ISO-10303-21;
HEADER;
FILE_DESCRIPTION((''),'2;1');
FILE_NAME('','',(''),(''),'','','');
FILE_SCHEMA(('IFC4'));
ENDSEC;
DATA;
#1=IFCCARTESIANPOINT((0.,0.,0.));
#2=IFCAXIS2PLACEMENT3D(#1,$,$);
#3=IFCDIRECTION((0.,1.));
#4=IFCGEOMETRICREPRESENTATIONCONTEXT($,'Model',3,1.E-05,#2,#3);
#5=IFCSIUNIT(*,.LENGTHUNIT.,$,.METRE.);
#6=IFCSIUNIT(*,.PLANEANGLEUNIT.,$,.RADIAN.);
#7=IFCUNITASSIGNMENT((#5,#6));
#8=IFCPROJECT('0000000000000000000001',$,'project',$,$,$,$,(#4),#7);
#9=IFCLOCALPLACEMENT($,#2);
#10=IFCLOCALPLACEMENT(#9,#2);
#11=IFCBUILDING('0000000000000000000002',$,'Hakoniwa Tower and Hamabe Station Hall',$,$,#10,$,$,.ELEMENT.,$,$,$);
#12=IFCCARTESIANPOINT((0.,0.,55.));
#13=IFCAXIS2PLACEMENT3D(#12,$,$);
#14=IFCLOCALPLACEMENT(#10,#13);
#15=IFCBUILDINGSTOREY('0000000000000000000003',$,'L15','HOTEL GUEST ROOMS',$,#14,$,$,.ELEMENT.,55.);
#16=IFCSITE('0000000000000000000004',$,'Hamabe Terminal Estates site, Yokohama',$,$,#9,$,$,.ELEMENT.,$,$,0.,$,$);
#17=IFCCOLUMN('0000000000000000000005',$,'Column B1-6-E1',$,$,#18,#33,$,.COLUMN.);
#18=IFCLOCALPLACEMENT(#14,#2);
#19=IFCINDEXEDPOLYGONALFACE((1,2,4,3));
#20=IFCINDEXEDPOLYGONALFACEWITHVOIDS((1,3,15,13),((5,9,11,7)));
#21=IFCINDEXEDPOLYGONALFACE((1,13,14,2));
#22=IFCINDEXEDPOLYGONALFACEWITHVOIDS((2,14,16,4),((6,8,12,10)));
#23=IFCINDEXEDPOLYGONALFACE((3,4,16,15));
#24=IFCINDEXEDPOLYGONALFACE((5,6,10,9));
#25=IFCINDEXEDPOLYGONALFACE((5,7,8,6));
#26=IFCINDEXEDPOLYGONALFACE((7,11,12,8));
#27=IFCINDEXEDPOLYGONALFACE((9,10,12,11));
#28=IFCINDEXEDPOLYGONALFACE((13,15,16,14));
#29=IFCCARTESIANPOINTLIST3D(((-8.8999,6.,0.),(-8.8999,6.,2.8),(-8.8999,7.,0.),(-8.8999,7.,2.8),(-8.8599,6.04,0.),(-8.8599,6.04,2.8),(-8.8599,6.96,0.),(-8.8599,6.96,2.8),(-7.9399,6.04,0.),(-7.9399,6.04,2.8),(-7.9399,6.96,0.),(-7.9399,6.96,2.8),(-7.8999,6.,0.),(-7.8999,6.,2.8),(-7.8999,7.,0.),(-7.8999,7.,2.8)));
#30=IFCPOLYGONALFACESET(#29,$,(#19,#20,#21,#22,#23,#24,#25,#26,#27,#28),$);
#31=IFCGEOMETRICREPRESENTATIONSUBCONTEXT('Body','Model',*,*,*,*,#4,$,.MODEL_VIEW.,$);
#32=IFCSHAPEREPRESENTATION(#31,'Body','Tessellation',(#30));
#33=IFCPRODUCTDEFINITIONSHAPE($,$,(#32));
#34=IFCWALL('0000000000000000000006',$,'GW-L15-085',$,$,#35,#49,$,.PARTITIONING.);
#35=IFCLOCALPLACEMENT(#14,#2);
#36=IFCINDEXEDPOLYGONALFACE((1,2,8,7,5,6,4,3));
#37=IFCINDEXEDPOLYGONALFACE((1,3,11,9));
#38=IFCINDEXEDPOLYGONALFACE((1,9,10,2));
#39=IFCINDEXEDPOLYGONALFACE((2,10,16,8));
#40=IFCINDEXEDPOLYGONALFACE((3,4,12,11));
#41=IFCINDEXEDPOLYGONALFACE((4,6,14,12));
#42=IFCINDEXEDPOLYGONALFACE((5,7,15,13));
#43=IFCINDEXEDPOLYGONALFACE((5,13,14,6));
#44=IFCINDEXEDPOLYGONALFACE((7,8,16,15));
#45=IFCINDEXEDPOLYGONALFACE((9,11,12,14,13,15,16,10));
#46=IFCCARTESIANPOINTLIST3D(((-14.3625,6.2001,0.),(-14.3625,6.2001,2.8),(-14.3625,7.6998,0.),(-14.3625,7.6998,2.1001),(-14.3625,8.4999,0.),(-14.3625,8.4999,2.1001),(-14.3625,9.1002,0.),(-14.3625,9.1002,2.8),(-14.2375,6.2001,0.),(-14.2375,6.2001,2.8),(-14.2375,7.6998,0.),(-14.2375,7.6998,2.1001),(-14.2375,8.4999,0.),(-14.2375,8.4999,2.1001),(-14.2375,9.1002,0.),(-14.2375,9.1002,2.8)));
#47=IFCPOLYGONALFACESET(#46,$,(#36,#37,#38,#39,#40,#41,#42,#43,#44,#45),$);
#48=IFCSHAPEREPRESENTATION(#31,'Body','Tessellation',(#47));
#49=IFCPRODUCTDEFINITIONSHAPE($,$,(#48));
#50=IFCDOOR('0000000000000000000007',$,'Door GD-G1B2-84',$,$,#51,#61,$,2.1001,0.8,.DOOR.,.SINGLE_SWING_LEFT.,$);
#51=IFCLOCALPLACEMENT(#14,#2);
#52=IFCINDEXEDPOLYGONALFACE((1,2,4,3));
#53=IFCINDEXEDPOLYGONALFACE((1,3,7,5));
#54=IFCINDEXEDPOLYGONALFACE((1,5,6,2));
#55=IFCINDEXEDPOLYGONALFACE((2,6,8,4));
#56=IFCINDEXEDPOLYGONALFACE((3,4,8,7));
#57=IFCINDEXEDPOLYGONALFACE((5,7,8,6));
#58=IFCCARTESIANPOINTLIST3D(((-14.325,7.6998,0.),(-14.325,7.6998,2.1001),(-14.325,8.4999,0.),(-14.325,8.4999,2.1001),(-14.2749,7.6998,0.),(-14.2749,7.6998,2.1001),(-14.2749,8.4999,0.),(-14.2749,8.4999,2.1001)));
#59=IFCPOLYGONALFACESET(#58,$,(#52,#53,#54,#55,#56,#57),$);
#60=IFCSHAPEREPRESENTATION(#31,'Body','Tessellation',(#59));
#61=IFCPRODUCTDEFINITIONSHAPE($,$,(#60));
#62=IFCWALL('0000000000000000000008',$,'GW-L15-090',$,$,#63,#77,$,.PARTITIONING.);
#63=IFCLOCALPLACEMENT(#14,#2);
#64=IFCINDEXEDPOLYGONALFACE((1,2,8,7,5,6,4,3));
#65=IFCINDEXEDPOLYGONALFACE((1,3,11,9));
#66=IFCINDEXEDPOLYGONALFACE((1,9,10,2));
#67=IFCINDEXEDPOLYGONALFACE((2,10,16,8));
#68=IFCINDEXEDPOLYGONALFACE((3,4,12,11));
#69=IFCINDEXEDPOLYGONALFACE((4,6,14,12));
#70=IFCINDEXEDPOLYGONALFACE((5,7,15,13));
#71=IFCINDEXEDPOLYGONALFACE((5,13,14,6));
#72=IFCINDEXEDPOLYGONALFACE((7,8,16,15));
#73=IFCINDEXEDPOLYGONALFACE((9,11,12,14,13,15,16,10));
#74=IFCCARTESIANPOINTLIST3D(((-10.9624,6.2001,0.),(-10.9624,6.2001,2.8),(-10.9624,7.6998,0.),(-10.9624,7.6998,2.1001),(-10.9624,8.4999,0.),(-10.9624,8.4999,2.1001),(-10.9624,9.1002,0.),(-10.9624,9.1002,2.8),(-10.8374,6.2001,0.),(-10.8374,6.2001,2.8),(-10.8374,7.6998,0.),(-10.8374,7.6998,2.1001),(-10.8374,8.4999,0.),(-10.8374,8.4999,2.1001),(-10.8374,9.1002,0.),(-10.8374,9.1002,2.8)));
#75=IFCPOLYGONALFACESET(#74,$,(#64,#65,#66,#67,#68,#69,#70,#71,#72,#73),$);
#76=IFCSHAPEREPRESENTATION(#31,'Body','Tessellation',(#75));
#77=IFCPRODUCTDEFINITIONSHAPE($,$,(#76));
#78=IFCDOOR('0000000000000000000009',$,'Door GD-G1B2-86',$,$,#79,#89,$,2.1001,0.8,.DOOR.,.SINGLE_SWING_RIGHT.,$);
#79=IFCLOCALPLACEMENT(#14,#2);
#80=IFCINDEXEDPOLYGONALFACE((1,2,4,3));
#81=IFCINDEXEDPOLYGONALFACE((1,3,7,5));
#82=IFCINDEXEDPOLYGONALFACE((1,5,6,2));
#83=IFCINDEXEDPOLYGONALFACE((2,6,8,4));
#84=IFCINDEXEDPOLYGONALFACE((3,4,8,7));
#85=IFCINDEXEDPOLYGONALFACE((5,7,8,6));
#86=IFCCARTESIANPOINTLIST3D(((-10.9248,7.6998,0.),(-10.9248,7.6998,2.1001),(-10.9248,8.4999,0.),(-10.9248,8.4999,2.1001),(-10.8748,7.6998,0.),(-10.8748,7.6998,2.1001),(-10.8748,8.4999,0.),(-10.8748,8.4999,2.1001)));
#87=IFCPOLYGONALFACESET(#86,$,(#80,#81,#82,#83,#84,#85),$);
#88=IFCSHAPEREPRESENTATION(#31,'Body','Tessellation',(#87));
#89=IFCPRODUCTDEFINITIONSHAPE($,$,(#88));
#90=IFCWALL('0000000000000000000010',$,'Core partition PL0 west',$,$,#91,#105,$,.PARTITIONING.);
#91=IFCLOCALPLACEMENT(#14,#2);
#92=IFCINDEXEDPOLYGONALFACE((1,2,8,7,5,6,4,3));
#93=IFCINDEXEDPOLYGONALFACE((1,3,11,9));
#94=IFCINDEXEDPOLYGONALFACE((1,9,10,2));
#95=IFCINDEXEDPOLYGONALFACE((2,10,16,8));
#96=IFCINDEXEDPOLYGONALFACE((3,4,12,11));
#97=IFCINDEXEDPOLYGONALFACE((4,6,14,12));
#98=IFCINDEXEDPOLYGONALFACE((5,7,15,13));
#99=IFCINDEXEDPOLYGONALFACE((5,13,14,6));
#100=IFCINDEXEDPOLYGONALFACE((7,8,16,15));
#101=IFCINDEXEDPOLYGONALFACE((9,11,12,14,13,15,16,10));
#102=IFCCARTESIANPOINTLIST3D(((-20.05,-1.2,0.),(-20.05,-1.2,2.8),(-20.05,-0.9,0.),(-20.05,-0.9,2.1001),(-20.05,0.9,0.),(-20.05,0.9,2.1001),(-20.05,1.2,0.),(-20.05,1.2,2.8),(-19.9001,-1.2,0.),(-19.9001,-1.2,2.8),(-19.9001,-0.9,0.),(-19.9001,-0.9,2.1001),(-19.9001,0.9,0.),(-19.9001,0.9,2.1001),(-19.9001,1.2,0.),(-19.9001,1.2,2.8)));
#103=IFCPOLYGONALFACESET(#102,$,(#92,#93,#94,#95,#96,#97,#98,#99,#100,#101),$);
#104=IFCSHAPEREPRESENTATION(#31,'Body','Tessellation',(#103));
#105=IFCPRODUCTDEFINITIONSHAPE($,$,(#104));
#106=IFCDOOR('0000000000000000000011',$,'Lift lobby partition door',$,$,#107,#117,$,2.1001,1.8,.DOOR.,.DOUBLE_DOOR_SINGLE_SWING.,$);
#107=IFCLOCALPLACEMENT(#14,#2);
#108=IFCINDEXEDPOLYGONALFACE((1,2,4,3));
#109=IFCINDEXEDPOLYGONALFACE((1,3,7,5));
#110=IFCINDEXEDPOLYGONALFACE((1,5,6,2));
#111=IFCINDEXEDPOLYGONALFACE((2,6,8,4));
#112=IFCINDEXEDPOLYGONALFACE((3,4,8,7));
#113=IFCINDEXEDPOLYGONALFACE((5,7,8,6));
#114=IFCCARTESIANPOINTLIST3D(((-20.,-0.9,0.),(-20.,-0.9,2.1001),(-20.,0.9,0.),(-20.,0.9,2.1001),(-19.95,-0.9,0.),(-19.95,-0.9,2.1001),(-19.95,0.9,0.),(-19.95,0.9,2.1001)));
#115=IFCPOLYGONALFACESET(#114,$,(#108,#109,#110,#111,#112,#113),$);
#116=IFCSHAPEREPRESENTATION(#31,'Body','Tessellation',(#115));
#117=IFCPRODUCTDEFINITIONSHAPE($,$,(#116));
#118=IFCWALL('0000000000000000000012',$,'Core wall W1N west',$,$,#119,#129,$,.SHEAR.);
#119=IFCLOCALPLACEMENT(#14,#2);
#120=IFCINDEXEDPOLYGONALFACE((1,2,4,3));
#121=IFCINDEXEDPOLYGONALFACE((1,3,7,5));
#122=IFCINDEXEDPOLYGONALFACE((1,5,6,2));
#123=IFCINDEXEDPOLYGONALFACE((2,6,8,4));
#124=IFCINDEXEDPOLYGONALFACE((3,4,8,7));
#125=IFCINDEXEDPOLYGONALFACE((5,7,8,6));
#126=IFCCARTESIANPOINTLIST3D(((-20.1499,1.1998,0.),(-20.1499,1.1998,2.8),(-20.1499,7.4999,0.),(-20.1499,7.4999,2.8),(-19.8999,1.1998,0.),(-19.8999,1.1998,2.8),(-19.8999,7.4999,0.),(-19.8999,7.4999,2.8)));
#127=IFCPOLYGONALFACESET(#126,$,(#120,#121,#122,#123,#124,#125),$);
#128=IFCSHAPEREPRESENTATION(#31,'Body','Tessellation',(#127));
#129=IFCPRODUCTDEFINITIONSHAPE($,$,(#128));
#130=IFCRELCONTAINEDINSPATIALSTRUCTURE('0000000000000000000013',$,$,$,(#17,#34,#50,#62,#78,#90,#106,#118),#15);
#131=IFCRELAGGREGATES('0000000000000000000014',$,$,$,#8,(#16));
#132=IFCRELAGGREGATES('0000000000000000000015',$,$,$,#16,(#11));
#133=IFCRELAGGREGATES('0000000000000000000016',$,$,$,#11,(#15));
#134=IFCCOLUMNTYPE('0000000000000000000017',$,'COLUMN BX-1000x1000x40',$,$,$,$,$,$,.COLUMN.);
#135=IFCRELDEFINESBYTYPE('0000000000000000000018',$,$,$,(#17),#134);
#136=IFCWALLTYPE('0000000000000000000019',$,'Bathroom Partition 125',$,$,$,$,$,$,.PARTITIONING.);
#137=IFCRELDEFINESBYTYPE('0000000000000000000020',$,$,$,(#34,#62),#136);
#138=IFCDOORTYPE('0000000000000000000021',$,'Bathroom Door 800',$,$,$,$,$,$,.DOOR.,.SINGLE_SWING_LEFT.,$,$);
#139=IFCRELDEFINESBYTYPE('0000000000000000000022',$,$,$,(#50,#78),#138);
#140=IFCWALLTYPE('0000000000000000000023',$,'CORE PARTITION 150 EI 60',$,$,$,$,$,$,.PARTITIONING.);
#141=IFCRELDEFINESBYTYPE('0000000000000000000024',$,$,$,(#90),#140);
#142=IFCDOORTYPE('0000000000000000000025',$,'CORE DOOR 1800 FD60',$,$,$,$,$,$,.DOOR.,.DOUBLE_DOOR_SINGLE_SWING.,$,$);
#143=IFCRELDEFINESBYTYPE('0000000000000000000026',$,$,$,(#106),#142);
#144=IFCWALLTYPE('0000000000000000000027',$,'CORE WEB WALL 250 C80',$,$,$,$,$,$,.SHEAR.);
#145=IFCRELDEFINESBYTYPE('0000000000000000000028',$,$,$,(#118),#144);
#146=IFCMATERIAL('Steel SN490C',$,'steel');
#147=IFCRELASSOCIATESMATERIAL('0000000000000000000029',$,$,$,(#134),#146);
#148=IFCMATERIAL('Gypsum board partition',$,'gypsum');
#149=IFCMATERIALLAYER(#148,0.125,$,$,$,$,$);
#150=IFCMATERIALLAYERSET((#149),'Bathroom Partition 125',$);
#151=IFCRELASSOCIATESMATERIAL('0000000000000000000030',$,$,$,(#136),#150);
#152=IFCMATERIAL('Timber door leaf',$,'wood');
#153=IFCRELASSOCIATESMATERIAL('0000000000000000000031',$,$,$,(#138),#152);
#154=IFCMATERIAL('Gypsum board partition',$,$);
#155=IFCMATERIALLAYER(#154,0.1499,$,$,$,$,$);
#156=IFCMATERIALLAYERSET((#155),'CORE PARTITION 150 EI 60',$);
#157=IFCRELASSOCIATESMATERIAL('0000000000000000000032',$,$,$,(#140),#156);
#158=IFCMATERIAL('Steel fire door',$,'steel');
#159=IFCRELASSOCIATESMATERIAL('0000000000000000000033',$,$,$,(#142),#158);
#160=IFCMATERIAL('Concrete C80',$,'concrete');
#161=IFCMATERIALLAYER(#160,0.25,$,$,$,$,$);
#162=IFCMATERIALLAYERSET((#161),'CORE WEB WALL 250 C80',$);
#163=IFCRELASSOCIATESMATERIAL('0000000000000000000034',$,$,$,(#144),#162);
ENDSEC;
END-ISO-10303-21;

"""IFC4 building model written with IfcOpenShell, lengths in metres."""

from ifc_helpers import new_model, si_unit, direction, frame, frame_2d, origin, origin_2d, place, context, subcontext, project, spatial, rectangle, hollow_rectangle, extrude, material, layer, layer_set, material_profile, profile_set, type_object, element, fill, save


model = new_model("IFC4")

# Units and contexts
model_context = context("Model", 3, precision=1e-05, world=origin(), true_north=direction((0.0, 1.0)))
body_context = subcontext(model_context, "Body", "Model", "MODEL_VIEW")
ifc_project = project(units=[si_unit("LENGTHUNIT", "METRE"), si_unit("PLANEANGLEUNIT", "RADIAN")], contexts=[model_context])

# Site, building, storey
site_placement = place(None, origin())
site = spatial("IfcSite", under=ifc_project, at=site_placement, Name="Hamabe Terminal Estates site, Yokohama", CompositionType="ELEMENT", RefElevation=0.0)
building_placement = place(site_placement, origin())
building = spatial("IfcBuilding", under=site, at=building_placement, Name="Hakoniwa Tower and Hamabe Station Hall", CompositionType="ELEMENT")
storey_placement = place(building_placement, frame((0.0, 0.0, 55.0)))
storey = spatial("IfcBuildingStorey", under=building, at=storey_placement, Name="L15", Description="HOTEL GUEST ROOMS", CompositionType="ELEMENT", Elevation=55.0)

# Column
ifc_material_1 = material(Name="Steel SN490C", Category="steel")
ifc_material_profile = material_profile(ifc_material_1, hollow_rectangle(XDim=1.0, YDim=1.0, WallThickness=0.04, at=origin_2d()), Name="BX-1000x1000x40")
ifc_profile_set = profile_set([ifc_material_profile], Name="Steel SN490C")
column_type = type_object("IfcColumnType", Name="COLUMN BX-1000x1000x40", PredefinedType="COLUMN", material=ifc_profile_set)
column_placement = place(storey_placement, frame((-8.3999, 6.5, 0.0), z_axis=(0.0, 0.0, 1.0), x_axis=(1.0, 0.0, 0.0)))
element("IfcColumn", 1, at=column_placement, inside=storey, type_object=column_type, Name="Column B1-6-E1", PredefinedType="COLUMN", context=body_context, shape_type="SweptSolid", body=[
    extrude(hollow_rectangle(XDim=1.0, YDim=1.0, WallThickness=0.04, at=origin_2d()), origin(), (0.0, 0.0, 1.0), 2.8),
])

# Walls, openings, doors
ifc_material_2 = material(Name="Gypsum board partition", Category="gypsum")
ifc_layer_1 = layer(ifc_material_2, 0.125)
ifc_layer_set_1 = layer_set([ifc_layer_1], Name="Bathroom Partition 125")
wall_type_1 = type_object("IfcWallType", Name="Bathroom Partition 125", PredefinedType="PARTITIONING", material=ifc_layer_set_1)
wall_1_placement = place(storey_placement, frame((-14.3, 6.2, 0.0), z_axis=(0.0, 0.0, 1.0), x_axis=(0.0, 1.0, 0.0)))
wall_1 = element("IfcWall", 2, at=wall_1_placement, inside=storey, type_object=wall_type_1, Name="GW-L15-085", PredefinedType="PARTITIONING", context=body_context, shape_type="SweptSolid", body=[
    extrude(rectangle(XDim=2.9001, YDim=0.125, at=frame_2d((1.4502, 0.0))), origin(), (0.0, 0.0, 1.0), 2.8),
])
opening_1_placement = place(wall_1_placement, frame((1.5, 0.0, 0.0)))
opening_1 = element("IfcOpeningElement", 3, at=opening_1_placement, cuts=wall_1, PredefinedType="OPENING", context=body_context, shape_type="SweptSolid", body=[
    extrude(rectangle(XDim=0.8, YDim=2.1001, at=frame_2d((0.3999, 1.05))), frame((0.0, 0.0725, 0.0), z_axis=(0.0, -1.0, 0.0), x_axis=(1.0, 0.0, 0.0)), (0.0, 0.0, 1.0), 0.145),
])
ifc_material_3 = material(Name="Timber door leaf", Category="wood")
door_type_1 = type_object("IfcDoorType", Name="Bathroom Door 800", OperationType="SINGLE_SWING_LEFT", PredefinedType="DOOR", material=ifc_material_3)
door_1_placement = place(opening_1_placement, origin())
door_1 = element("IfcDoor", 4, at=door_1_placement, inside=storey, type_object=door_type_1, Name="Door GD-G1B2-84", OperationType="SINGLE_SWING_LEFT", OverallHeight=2.1001, OverallWidth=0.8, PredefinedType="DOOR", context=body_context, shape_type="SweptSolid", body=[
    extrude(rectangle(XDim=0.8, YDim=2.1001, at=frame_2d((0.3999, 1.05))), frame((0.0, 0.0249, 0.0), z_axis=(0.0, -1.0, 0.0), x_axis=(1.0, 0.0, 0.0)), (0.0, 0.0, 1.0), 0.05),
])
fill(opening_1, door_1)
wall_2_placement = place(storey_placement, frame((-10.8999, 6.2, 0.0), z_axis=(0.0, 0.0, 1.0), x_axis=(0.0, 1.0, 0.0)))
wall_2 = element("IfcWall", 5, at=wall_2_placement, inside=storey, type_object=wall_type_1, Name="GW-L15-090", PredefinedType="PARTITIONING", context=body_context, shape_type="SweptSolid", body=[
    extrude(rectangle(XDim=2.9001, YDim=0.125, at=frame_2d((1.4502, 0.0))), origin(), (0.0, 0.0, 1.0), 2.8),
])
opening_2_placement = place(wall_2_placement, frame((1.5, 0.0, 0.0)))
opening_2 = element("IfcOpeningElement", 6, at=opening_2_placement, cuts=wall_2, PredefinedType="OPENING", context=body_context, shape_type="SweptSolid", body=[
    extrude(rectangle(XDim=0.8, YDim=2.1001, at=frame_2d((0.3999, 1.05))), frame((0.0, 0.0725, 0.0), z_axis=(0.0, -1.0, 0.0), x_axis=(1.0, 0.0, 0.0)), (0.0, 0.0, 1.0), 0.145),
])
door_2_placement = place(opening_2_placement, origin())
door_2 = element("IfcDoor", 7, at=door_2_placement, inside=storey, type_object=door_type_1, Name="Door GD-G1B2-86", OperationType="SINGLE_SWING_RIGHT", OverallHeight=2.1001, OverallWidth=0.8, PredefinedType="DOOR", context=body_context, shape_type="SweptSolid", body=[
    extrude(rectangle(XDim=0.8, YDim=2.1001, at=frame_2d((0.3999, 1.05))), frame((0.0, 0.0249, 0.0), z_axis=(0.0, -1.0, 0.0), x_axis=(1.0, 0.0, 0.0)), (0.0, 0.0, 1.0), 0.05),
])
fill(opening_2, door_2)
ifc_material_4 = material(Name="Gypsum board partition")
ifc_layer_2 = layer(ifc_material_4, 0.1499)
ifc_layer_set_2 = layer_set([ifc_layer_2], Name="CORE PARTITION 150 EI 60")
wall_type_2 = type_object("IfcWallType", Name="CORE PARTITION 150 EI 60", PredefinedType="PARTITIONING", material=ifc_layer_set_2)
wall_3_placement = place(storey_placement, frame((-19.9751, -1.2, 0.0), z_axis=(0.0, 0.0, 1.0), x_axis=(0.0, 1.0, 0.0)))
wall_3 = element("IfcWall", 8, at=wall_3_placement, inside=storey, type_object=wall_type_2, Name="Core partition PL0 west", PredefinedType="PARTITIONING", context=body_context, shape_type="SweptSolid", body=[
    extrude(rectangle(XDim=2.3999, YDim=0.1499, at=frame_2d((1.2, 0.0))), origin(), (0.0, 0.0, 1.0), 2.8),
])
opening_3_placement = place(wall_3_placement, frame((0.3, 0.0, 0.0)))
opening_3 = element("IfcOpeningElement", 9, at=opening_3_placement, cuts=wall_3, PredefinedType="OPENING", context=body_context, shape_type="SweptSolid", body=[
    extrude(rectangle(XDim=1.8, YDim=2.1001, at=frame_2d((0.8999, 1.05))), frame((0.0, 0.085, 0.0), z_axis=(0.0, -1.0, 0.0), x_axis=(1.0, 0.0, 0.0)), (0.0, 0.0, 1.0), 0.1699),
])
ifc_material_5 = material(Name="Steel fire door", Category="steel")
door_type_2 = type_object("IfcDoorType", Name="CORE DOOR 1800 FD60", OperationType="DOUBLE_DOOR_SINGLE_SWING", PredefinedType="DOOR", material=ifc_material_5)
door_3_placement = place(opening_3_placement, origin())
door_3 = element("IfcDoor", 10, at=door_3_placement, inside=storey, type_object=door_type_2, Name="Lift lobby partition door", OperationType="DOUBLE_DOOR_SINGLE_SWING", OverallHeight=2.1001, OverallWidth=1.8, PredefinedType="DOOR", context=body_context, shape_type="SweptSolid", body=[
    extrude(rectangle(XDim=1.8, YDim=2.1001, at=frame_2d((0.8999, 1.05))), frame((0.0, 0.0249, 0.0), z_axis=(0.0, -1.0, 0.0), x_axis=(1.0, 0.0, 0.0)), (0.0, 0.0, 1.0), 0.05),
])
fill(opening_3, door_3)

# Wall
ifc_material_6 = material(Name="Concrete C80", Category="concrete")
ifc_layer_3 = layer(ifc_material_6, 0.25)
ifc_layer_set_3 = layer_set([ifc_layer_3], Name="CORE WEB WALL 250 C80")
wall_type_3 = type_object("IfcWallType", Name="CORE WEB WALL 250 C80", PredefinedType="SHEAR", material=ifc_layer_set_3)
wall_4_placement = place(storey_placement, frame((-20.0249, 1.2, 0.0), z_axis=(0.0, 0.0, 1.0), x_axis=(0.0, 1.0, 0.0)))
element("IfcWall", 11, at=wall_4_placement, inside=storey, type_object=wall_type_3, Name="Core wall W1N west", PredefinedType="SHEAR", context=body_context, shape_type="SweptSolid", body=[
    extrude(rectangle(XDim=6.3, YDim=0.25, at=frame_2d((3.1499, 0.0))), origin(), (0.0, 0.0, 1.0), 2.8),
])

save(model, "model.ifc")
